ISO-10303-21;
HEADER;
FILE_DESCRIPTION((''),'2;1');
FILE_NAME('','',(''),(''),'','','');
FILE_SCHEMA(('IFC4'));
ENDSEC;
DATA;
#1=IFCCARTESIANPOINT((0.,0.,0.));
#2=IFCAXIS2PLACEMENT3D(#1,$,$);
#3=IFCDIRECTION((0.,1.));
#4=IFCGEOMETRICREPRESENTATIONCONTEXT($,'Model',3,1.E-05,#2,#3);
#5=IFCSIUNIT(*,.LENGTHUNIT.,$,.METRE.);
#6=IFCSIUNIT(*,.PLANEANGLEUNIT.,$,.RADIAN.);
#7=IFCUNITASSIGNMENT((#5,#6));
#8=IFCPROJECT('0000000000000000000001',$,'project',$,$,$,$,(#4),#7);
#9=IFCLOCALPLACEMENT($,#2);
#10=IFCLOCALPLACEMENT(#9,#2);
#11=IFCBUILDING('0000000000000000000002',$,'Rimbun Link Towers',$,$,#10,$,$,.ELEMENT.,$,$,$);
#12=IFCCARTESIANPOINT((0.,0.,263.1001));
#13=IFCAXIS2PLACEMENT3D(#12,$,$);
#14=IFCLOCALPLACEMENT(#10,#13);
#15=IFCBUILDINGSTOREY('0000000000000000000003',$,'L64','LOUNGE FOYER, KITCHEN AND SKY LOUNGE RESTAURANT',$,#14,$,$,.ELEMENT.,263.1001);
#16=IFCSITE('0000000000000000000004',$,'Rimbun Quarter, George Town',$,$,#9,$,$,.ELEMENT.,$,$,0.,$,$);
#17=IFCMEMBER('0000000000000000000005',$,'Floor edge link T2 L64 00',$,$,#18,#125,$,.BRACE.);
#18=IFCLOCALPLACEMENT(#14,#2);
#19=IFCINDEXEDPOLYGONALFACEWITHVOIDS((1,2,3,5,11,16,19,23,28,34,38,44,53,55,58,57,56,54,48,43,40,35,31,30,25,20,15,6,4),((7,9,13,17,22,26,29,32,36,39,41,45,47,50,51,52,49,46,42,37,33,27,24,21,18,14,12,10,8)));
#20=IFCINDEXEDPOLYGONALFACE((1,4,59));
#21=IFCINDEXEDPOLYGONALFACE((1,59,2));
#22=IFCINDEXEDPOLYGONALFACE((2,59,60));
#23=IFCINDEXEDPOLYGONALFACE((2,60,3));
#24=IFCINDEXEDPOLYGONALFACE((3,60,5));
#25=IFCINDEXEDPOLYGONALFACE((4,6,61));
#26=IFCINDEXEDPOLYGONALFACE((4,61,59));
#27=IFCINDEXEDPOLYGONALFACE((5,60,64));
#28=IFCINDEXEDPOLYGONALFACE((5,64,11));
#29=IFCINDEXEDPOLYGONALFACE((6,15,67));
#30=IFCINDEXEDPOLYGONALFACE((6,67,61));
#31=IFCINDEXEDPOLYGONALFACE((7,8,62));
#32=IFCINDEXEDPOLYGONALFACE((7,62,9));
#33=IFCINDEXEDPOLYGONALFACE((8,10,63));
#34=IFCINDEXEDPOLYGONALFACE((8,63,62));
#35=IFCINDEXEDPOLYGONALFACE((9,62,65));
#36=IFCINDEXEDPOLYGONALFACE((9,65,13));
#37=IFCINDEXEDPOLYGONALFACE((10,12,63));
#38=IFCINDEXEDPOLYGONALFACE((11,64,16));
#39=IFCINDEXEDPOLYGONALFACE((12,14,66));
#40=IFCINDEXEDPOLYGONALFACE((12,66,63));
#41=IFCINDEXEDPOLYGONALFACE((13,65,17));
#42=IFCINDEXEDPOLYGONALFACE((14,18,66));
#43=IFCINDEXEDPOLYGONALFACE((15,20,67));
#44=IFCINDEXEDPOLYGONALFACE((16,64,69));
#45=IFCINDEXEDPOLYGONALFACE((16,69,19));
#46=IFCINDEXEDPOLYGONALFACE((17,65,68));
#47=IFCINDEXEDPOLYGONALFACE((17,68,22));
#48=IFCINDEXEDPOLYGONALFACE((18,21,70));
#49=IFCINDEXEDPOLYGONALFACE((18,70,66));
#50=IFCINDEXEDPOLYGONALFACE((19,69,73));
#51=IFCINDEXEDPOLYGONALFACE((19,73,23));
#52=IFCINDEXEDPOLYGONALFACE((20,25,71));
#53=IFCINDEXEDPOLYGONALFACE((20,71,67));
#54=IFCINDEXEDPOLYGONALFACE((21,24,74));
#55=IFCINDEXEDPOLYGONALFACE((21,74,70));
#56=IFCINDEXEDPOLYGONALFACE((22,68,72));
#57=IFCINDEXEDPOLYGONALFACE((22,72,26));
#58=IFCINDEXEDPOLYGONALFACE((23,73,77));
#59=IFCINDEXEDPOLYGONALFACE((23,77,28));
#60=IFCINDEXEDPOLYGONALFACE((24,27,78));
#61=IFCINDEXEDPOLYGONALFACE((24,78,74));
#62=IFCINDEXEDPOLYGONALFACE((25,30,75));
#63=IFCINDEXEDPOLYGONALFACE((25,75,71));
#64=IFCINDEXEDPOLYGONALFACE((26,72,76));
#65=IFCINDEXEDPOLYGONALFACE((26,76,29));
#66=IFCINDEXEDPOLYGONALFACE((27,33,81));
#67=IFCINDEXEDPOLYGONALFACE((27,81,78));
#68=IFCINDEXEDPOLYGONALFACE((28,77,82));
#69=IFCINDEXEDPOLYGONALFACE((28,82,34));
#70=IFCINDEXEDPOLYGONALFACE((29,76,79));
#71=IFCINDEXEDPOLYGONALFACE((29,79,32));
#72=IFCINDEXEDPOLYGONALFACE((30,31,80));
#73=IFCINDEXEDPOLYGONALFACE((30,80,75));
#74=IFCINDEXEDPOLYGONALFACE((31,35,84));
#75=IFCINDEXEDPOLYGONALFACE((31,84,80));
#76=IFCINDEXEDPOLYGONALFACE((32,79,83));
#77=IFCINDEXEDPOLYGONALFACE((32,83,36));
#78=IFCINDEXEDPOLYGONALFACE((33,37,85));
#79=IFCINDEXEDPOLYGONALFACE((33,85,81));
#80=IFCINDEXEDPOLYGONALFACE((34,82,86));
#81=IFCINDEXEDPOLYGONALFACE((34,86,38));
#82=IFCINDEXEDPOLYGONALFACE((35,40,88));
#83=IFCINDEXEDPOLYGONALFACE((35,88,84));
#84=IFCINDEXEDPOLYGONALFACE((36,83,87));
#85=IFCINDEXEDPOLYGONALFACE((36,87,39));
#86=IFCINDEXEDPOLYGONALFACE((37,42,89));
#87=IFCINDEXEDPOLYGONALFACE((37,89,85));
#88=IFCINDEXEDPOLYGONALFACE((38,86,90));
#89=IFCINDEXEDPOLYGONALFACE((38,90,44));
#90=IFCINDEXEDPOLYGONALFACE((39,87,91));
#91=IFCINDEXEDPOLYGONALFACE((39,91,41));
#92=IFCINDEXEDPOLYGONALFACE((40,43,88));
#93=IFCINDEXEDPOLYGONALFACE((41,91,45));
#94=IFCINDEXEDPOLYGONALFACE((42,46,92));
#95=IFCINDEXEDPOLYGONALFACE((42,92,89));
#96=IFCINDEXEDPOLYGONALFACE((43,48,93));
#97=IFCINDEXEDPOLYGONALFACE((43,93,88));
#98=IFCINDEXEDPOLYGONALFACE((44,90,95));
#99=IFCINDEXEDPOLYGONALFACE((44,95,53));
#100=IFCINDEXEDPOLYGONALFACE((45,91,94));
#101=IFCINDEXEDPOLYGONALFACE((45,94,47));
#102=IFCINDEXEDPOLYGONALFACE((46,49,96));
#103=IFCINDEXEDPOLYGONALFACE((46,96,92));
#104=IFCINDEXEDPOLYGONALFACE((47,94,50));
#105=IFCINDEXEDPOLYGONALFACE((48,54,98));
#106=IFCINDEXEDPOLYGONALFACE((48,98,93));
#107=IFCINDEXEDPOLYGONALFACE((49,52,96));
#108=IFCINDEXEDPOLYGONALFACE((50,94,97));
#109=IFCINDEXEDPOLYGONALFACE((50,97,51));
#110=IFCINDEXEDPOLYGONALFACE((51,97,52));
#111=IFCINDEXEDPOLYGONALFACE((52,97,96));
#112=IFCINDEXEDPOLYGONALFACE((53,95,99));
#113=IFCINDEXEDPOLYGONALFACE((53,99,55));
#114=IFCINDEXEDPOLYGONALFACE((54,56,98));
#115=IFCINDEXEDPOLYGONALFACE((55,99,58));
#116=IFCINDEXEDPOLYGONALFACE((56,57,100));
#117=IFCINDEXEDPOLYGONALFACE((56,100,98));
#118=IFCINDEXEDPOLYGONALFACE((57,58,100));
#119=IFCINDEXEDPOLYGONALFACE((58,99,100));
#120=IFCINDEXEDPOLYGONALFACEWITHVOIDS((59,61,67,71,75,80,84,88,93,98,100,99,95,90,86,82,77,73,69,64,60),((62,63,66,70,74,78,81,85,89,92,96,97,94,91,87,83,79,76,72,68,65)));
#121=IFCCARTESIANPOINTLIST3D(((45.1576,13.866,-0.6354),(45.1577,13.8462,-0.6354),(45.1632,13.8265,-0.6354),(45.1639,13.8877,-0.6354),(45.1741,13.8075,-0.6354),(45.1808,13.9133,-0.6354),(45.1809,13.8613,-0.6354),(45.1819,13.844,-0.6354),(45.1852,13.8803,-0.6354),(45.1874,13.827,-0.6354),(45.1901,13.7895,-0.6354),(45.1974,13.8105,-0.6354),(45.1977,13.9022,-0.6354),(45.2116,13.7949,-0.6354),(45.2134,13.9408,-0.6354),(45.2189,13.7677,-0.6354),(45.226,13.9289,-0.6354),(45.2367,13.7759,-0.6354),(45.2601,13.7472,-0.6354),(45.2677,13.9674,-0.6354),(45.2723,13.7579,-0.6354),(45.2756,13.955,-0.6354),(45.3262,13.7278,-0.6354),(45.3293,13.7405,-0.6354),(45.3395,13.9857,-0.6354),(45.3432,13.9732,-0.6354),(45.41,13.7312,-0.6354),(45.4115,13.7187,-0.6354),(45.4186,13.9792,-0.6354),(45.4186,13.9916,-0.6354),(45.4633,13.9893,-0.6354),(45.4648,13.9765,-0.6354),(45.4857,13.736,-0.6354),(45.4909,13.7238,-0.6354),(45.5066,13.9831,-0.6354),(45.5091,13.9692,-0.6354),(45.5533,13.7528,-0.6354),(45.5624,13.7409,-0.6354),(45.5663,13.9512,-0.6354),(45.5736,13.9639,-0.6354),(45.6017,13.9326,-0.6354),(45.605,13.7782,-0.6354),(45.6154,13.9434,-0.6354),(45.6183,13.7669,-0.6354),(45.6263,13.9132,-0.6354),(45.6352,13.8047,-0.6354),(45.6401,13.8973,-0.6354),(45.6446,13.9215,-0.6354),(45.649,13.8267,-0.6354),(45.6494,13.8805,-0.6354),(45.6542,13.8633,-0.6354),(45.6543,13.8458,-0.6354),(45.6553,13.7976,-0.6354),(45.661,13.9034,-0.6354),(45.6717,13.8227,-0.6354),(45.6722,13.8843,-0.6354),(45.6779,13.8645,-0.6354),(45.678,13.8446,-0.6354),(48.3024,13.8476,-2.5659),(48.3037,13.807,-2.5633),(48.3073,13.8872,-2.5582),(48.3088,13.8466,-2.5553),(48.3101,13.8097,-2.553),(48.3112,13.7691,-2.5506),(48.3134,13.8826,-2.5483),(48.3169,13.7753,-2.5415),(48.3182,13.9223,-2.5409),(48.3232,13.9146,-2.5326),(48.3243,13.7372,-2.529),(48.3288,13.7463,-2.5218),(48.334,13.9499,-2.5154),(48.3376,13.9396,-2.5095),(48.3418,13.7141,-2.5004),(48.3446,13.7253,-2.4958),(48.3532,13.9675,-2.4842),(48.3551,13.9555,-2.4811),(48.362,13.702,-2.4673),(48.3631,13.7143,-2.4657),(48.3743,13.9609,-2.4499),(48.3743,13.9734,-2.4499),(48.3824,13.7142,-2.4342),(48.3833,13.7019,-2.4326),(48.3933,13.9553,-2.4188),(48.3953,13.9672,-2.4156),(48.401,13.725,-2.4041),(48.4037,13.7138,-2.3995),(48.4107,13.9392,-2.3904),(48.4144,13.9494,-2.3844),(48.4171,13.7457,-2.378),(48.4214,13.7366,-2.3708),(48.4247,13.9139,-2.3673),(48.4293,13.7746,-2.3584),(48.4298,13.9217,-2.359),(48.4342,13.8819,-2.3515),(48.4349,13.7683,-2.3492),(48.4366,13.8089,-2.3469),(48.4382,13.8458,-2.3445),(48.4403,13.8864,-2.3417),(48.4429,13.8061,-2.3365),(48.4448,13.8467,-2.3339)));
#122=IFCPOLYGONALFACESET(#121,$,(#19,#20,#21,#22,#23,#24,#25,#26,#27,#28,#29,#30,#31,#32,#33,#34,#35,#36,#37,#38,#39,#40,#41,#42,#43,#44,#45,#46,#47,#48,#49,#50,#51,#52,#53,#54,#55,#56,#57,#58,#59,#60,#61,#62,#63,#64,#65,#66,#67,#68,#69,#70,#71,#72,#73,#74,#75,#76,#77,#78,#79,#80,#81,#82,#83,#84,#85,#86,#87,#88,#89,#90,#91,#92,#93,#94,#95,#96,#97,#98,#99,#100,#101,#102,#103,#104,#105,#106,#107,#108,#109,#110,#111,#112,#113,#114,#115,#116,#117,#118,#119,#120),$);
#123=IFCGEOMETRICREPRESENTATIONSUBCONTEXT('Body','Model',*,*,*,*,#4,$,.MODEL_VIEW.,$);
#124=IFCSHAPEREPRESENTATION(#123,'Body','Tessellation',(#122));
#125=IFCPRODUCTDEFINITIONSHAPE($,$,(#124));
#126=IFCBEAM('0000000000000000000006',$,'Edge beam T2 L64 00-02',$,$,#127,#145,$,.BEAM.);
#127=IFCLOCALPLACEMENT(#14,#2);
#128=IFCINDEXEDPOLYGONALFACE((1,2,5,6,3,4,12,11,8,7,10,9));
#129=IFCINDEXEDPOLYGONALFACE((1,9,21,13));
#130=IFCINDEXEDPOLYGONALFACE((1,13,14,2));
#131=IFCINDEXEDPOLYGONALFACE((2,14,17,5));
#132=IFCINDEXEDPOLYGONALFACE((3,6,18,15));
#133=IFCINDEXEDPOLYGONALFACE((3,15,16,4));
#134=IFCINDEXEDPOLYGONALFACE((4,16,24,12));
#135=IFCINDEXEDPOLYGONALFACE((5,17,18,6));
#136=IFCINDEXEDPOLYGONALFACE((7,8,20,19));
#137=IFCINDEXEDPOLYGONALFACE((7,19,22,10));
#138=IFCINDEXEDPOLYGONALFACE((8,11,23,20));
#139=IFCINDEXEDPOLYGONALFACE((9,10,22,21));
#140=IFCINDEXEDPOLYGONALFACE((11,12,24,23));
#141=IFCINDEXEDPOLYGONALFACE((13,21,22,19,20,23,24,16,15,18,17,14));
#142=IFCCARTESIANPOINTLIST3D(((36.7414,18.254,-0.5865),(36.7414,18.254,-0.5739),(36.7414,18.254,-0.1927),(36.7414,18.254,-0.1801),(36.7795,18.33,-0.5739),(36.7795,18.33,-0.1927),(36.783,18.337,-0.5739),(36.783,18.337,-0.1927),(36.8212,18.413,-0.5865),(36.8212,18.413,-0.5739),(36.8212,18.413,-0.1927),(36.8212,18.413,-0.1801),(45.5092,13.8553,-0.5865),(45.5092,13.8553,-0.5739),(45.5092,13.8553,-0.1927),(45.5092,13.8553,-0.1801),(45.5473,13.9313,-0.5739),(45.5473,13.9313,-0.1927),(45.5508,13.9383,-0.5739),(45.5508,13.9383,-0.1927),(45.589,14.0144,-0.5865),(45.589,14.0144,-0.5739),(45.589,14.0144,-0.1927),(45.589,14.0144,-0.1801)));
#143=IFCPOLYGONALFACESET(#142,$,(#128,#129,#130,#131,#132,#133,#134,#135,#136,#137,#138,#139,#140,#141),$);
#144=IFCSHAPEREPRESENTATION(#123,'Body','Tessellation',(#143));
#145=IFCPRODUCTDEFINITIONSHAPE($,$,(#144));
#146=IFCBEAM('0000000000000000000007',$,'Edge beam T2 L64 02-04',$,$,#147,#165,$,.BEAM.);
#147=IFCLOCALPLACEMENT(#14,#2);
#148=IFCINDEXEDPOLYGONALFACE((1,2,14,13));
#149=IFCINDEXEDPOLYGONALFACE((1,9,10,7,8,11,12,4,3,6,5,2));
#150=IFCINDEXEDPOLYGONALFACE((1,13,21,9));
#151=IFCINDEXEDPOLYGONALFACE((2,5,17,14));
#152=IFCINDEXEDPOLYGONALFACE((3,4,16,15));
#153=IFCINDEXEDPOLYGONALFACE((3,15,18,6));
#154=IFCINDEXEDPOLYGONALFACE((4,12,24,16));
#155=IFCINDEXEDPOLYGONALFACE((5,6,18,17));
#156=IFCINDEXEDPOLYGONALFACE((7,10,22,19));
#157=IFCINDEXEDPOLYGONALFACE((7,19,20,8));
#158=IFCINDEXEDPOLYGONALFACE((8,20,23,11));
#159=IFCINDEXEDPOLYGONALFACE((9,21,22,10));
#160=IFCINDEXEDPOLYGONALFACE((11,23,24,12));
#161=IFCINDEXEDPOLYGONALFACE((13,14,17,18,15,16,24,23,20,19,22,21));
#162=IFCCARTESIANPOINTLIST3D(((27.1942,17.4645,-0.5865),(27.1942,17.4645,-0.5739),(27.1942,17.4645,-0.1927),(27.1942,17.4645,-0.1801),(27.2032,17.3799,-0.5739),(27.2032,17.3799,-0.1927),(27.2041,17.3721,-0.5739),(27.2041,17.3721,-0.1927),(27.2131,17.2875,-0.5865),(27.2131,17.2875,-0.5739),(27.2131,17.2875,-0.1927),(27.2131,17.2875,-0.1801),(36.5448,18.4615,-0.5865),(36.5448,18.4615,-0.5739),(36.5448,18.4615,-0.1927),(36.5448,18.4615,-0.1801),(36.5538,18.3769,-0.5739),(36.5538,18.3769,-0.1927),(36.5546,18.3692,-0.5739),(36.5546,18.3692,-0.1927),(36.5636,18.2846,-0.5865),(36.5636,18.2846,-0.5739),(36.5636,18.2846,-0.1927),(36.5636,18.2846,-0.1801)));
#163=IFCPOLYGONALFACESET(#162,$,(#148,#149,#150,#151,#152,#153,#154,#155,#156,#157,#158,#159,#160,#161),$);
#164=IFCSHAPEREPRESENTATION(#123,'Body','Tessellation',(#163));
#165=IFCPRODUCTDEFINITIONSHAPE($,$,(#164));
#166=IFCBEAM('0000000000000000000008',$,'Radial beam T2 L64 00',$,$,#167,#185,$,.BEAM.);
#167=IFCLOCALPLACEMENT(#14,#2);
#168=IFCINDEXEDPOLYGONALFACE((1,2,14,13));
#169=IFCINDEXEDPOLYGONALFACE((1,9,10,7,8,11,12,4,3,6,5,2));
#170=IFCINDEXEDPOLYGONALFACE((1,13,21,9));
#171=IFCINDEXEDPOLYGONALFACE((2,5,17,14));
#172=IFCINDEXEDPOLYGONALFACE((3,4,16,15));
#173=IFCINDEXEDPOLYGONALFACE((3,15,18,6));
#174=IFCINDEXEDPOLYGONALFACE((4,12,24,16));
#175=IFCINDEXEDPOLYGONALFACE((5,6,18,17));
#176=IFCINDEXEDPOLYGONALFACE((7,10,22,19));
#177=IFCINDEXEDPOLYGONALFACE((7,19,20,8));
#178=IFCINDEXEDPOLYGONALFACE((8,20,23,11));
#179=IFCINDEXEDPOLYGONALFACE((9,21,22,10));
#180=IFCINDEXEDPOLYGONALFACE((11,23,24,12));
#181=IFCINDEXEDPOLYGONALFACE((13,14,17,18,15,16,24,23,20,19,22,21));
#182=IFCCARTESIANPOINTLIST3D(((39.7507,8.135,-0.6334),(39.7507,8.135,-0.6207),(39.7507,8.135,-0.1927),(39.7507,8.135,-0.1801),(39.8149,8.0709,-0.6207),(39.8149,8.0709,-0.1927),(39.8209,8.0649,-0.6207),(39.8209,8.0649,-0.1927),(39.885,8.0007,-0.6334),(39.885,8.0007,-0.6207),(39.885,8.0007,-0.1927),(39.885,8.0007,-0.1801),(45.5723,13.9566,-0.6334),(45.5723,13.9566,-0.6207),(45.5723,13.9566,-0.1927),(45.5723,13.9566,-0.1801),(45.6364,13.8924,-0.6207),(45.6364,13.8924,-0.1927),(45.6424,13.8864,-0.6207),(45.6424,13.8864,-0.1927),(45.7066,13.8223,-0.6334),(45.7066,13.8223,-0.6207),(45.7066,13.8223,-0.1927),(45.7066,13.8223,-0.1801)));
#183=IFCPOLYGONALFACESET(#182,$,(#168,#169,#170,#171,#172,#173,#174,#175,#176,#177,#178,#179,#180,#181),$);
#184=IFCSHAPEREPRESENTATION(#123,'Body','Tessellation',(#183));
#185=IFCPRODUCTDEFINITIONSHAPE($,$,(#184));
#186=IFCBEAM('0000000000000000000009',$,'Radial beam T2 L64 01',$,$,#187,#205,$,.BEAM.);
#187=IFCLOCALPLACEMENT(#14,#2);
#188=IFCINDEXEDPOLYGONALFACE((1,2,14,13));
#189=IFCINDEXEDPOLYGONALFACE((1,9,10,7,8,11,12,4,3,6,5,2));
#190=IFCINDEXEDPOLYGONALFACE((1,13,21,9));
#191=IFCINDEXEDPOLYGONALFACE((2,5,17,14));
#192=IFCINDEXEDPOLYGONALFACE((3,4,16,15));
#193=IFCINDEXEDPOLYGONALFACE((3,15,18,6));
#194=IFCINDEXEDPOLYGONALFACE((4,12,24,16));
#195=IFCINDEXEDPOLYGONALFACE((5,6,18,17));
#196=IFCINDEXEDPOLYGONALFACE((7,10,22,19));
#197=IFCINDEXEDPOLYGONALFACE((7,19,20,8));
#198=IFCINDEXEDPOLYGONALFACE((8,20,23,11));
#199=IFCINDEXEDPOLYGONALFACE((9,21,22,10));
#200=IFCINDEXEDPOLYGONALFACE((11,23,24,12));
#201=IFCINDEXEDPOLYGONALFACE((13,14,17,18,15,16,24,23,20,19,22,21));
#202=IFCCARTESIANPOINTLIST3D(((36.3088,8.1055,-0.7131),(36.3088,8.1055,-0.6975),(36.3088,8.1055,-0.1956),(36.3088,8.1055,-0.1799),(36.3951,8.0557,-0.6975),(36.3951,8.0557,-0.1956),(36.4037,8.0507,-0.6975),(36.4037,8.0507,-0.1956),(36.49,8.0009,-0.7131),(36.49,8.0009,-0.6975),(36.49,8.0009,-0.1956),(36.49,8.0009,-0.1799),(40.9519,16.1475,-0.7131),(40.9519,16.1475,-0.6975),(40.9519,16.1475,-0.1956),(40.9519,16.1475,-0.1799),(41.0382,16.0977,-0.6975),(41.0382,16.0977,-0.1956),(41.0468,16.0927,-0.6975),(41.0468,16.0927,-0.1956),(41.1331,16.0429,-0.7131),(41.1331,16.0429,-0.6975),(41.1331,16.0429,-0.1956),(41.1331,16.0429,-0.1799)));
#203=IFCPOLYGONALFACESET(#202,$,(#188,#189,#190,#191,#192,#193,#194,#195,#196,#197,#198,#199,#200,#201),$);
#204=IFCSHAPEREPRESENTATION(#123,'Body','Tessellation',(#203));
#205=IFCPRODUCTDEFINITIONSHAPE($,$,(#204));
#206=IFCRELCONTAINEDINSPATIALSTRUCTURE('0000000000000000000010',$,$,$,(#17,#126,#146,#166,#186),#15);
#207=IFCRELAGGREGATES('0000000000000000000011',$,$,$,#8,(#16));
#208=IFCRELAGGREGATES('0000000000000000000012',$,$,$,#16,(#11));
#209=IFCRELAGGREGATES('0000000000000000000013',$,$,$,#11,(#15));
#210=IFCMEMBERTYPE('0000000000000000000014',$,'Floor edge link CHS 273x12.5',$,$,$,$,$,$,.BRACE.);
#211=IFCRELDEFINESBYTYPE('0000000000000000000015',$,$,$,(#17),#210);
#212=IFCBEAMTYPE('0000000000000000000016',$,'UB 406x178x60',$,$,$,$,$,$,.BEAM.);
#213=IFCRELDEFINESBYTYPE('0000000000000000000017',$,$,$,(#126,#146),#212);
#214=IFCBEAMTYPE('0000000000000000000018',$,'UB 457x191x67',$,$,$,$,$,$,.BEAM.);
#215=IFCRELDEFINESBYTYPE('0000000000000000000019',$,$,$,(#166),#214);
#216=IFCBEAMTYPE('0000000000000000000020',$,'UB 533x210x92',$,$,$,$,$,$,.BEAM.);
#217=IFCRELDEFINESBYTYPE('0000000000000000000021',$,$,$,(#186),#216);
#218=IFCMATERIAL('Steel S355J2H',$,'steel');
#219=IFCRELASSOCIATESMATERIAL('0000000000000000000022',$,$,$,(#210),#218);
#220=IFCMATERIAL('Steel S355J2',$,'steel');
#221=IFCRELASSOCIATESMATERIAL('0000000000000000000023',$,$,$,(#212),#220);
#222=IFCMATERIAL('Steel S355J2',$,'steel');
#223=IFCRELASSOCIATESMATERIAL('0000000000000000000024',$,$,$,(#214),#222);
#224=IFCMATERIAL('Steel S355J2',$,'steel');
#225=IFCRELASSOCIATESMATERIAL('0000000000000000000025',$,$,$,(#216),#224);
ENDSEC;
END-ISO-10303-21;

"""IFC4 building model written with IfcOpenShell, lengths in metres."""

from ifc_helpers import new_model, si_unit, direction, frame, origin, origin_2d, place, context, subcontext, project, spatial, hollow_circle, i_section, extrude, clip, halfspace, material, material_profile, profile_set, type_object, element, save


model = new_model("IFC4")

# Units and contexts
model_context = context("Model", 3, precision=1e-05, world=origin(), true_north=direction((0.0, 1.0)))
body_context = subcontext(model_context, "Body", "Model", "MODEL_VIEW")
ifc_project = project(units=[si_unit("LENGTHUNIT", "METRE"), si_unit("PLANEANGLEUNIT", "RADIAN")], contexts=[model_context])

# Site, building, storey
site_placement = place(None, origin())
site = spatial("IfcSite", under=ifc_project, at=site_placement, Name="Rimbun Quarter, George Town", CompositionType="ELEMENT", RefElevation=0.0)
building_placement = place(site_placement, origin())
building = spatial("IfcBuilding", under=site, at=building_placement, Name="Rimbun Link Towers", CompositionType="ELEMENT")
storey_placement = place(building_placement, frame((0.0, 0.0, 263.1001)))
storey = spatial("IfcBuildingStorey", under=building, at=storey_placement, Name="L64", Description="LOUNGE FOYER, KITCHEN AND SKY LOUNGE RESTAURANT", CompositionType="ELEMENT", Elevation=263.1001)

# Member
ifc_material_1 = material(Name="Steel S355J2H", Category="steel")
ifc_material_profile_1 = material_profile(ifc_material_1, hollow_circle(Radius=0.1365, WallThickness=0.0125, at=origin_2d()), Name="CHS 273x12.5")
ifc_profile_set_1 = profile_set([ifc_material_profile_1], Name="Steel S355J2H")
member_type_1 = type_object("IfcMemberType", Name="Floor edge link CHS 273x12.5", PredefinedType="BRACE", material=ifc_profile_set_1)
member_1_placement = place(storey_placement, frame((45.604, 13.854, -0.7498), z_axis=(0.852214, -0.005259, -0.523168), x_axis=(0.006171, 0.999981, 0.0)))
element("IfcMember", 1, at=member_1_placement, inside=storey, type_object=member_type_1, Name="Floor edge link T2 L64 00", PredefinedType="BRACE", context=body_context, shape_type="Clipping", body=[
    clip(extrude(hollow_circle(Radius=0.1365, WallThickness=0.0125, at=origin_2d()), frame((0.0, 0.0, -0.4639)), (0.0, 0.0, 1.0), 3.7136), halfspace(frame((0.0, 0.0, -0.2185), z_axis=(0.0, 0.85223, -0.523168)), False)),
])

# Beams
ifc_material_2 = material(Name="Steel S355J2", Category="steel")
ifc_material_profile_2 = material_profile(ifc_material_2, i_section(OverallWidth=0.178, OverallDepth=0.4065, WebThickness=0.0078, FlangeThickness=0.0127, at=origin_2d()), Name="UB 406x178x60")
ifc_profile_set_2 = profile_set([ifc_material_profile_2], Name="Steel S355J2")
beam_type_1 = type_object("IfcBeamType", Name="UB 406x178x60", PredefinedType="BEAM", material=ifc_profile_set_2)
beam_1_placement = place(storey_placement, frame((45.5491, 13.9348, -0.3833), z_axis=(-0.893824, 0.448418, 0.0), x_axis=(-0.448418, -0.893824, 0.0)))
element("IfcBeam", 2, at=beam_1_placement, inside=storey, type_object=beam_type_1, Name="Edge beam T2 L64 00-02", PredefinedType="BEAM", context=body_context, shape_type="SweptSolid", body=[
    extrude(i_section(OverallWidth=0.178, OverallDepth=0.4065, WebThickness=0.0078, FlangeThickness=0.0127, at=origin_2d()), origin(), (0.0, 0.0, 1.0), 9.8093),
])
beam_2_placement = place(storey_placement, frame((36.5542, 18.373, -0.3833), z_axis=(-0.994363, -0.106031, 0.0), x_axis=(0.106031, -0.994363, 0.0)))
element("IfcBeam", 3, at=beam_2_placement, inside=storey, type_object=beam_type_1, Name="Edge beam T2 L64 02-04", PredefinedType="BEAM", context=body_context, shape_type="SweptSolid", body=[
    extrude(i_section(OverallWidth=0.178, OverallDepth=0.4065, WebThickness=0.0078, FlangeThickness=0.0127, at=origin_2d()), origin(), (0.0, 0.0, 1.0), 9.4036),
])
ifc_material_3 = material(Name="Steel S355J2", Category="steel")
ifc_material_profile_3 = material_profile(ifc_material_3, i_section(OverallWidth=0.1899, OverallDepth=0.4534, WebThickness=0.0085, FlangeThickness=0.0127, at=origin_2d()), Name="UB 457x191x67")
ifc_profile_set_3 = profile_set([ifc_material_profile_3], Name="Steel S355J2")
beam_type_2 = type_object("IfcBeamType", Name="UB 457x191x67", PredefinedType="BEAM", material=ifc_profile_set_3)
beam_3_placement = place(storey_placement, frame((39.8179, 8.0679, -0.4067), z_axis=(0.707107, 0.707107, 0.0), x_axis=(-0.707107, 0.707107, 0.0)))
element("IfcBeam", 4, at=beam_3_placement, inside=storey, type_object=beam_type_2, Name="Radial beam T2 L64 00", PredefinedType="BEAM", context=body_context, shape_type="SweptSolid", body=[
    extrude(i_section(OverallWidth=0.1899, OverallDepth=0.4534, WebThickness=0.0085, FlangeThickness=0.0127, at=origin_2d()), origin(), (0.0, 0.0, 1.0), 8.2329),
])
ifc_material_4 = material(Name="Steel S355J2", Category="steel")
ifc_material_profile_4 = material_profile(ifc_material_4, i_section(OverallWidth=0.2092, OverallDepth=0.5332, WebThickness=0.01, FlangeThickness=0.0156, at=origin_2d()), Name="UB 533x210x92")
ifc_profile_set_4 = profile_set([ifc_material_profile_4], Name="Steel S355J2")
beam_type_3 = type_object("IfcBeamType", Name="UB 533x210x92", PredefinedType="BEAM", material=ifc_profile_set_4)
beam_4_placement = place(storey_placement, frame((36.3994, 8.0532, -0.4465), z_axis=(0.500002, 0.866024, 0.0), x_axis=(-0.866024, 0.500002, 0.0)))
element("IfcBeam", 5, at=beam_4_placement, inside=storey, type_object=beam_type_3, Name="Radial beam T2 L64 01", PredefinedType="BEAM", context=body_context, shape_type="SweptSolid", body=[
    extrude(i_section(OverallWidth=0.2092, OverallDepth=0.5332, WebThickness=0.01, FlangeThickness=0.0156, at=origin_2d()), origin(), (0.0, 0.0, 1.0), 9.2861),
])

save(model, "model.ifc")
